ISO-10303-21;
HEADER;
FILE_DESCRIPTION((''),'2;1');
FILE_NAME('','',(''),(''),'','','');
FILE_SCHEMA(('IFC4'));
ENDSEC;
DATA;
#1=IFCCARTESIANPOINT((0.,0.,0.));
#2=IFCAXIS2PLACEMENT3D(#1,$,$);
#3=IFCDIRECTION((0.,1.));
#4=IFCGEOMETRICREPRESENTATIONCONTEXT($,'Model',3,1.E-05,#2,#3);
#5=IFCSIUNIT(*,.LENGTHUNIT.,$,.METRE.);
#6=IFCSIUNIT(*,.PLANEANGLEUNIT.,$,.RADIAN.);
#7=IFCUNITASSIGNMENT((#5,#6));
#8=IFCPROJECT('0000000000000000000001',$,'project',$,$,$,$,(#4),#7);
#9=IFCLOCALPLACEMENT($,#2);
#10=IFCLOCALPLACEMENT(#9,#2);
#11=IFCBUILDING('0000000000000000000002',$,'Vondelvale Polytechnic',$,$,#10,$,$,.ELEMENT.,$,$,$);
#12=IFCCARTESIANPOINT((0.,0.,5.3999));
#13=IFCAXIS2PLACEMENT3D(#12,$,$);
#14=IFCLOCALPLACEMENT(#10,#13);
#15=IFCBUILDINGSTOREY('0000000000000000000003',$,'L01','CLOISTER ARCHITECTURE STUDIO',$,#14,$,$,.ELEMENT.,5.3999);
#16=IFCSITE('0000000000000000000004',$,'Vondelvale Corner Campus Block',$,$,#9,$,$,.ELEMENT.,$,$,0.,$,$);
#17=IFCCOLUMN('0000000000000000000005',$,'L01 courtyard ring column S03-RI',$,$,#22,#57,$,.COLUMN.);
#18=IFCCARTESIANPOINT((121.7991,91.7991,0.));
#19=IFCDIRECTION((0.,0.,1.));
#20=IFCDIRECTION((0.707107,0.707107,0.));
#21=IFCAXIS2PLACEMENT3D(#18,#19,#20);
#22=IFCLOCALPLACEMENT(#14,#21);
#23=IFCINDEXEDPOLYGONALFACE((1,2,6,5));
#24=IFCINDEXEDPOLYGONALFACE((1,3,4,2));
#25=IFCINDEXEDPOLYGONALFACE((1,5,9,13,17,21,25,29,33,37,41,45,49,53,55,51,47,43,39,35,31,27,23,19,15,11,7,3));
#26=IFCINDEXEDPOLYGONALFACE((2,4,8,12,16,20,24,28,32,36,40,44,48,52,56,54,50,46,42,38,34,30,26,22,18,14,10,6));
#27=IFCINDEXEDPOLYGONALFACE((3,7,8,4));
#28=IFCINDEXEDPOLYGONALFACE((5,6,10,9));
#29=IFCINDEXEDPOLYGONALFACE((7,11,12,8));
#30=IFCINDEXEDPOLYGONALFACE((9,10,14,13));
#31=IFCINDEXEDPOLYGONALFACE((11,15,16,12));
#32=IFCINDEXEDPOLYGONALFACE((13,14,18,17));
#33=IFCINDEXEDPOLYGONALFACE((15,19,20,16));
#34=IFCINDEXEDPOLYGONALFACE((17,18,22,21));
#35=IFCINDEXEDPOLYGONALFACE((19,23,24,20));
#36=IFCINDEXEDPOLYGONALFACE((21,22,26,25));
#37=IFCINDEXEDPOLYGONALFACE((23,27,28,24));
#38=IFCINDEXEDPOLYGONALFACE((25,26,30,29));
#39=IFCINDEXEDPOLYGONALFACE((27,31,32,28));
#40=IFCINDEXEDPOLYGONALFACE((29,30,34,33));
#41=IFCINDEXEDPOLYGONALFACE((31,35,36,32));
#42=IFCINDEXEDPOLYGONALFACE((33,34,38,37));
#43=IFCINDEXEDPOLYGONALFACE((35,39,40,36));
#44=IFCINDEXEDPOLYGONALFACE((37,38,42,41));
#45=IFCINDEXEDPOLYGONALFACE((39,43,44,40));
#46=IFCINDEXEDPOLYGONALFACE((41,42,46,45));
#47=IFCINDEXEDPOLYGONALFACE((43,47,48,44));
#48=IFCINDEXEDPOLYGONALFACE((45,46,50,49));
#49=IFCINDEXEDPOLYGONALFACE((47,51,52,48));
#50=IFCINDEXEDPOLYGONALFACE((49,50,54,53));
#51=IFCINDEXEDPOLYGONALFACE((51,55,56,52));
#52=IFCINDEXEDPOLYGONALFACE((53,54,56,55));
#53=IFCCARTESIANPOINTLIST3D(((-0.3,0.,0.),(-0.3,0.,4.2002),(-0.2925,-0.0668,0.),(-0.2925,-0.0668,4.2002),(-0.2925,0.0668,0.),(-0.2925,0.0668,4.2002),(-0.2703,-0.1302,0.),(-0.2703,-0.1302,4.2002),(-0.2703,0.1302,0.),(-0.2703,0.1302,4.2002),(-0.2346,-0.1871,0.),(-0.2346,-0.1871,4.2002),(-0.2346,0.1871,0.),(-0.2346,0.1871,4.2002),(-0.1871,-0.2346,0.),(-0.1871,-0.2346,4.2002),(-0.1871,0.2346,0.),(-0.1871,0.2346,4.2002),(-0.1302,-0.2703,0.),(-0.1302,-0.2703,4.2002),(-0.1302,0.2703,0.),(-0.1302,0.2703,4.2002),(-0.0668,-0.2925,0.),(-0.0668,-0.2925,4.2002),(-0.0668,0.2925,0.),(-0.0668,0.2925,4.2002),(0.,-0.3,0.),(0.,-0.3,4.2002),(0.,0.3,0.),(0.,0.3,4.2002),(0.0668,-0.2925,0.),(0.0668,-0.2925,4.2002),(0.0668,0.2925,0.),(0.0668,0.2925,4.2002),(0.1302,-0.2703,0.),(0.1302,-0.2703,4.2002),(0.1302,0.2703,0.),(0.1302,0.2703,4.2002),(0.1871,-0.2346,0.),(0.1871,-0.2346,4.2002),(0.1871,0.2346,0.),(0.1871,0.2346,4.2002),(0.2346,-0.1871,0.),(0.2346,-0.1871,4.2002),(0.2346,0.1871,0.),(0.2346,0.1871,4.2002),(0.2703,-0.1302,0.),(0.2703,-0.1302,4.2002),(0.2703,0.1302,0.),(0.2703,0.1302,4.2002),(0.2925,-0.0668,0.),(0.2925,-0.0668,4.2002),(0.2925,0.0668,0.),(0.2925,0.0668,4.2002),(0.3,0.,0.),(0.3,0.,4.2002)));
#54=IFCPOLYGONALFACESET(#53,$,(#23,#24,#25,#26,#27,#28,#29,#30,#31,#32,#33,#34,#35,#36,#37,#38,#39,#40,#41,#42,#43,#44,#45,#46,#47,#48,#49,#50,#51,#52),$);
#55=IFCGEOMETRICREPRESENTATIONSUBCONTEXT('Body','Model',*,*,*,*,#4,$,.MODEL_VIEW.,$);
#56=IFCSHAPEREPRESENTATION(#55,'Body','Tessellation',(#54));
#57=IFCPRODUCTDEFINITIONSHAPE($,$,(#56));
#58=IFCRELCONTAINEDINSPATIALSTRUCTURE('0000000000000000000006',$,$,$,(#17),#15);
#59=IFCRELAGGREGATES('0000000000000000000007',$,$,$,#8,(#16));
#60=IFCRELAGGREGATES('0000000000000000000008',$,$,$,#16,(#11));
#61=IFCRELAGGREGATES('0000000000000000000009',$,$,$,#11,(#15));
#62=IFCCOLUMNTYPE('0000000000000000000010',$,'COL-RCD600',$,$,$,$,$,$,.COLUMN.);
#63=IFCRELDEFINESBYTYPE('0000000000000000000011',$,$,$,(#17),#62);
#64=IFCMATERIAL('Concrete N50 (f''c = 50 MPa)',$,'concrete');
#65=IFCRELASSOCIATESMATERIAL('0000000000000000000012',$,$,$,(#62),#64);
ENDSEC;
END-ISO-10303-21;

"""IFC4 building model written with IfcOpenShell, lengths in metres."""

from ifc_helpers import new_model, si_unit, direction, frame, origin, origin_2d, place, context, subcontext, project, spatial, circle, extrude, material, material_profile, profile_set, type_object, element, save


model = new_model("IFC4")

# Units and contexts
model_context = context("Model", 3, precision=1e-05, world=origin(), true_north=direction((0.0, 1.0)))
body_context = subcontext(model_context, "Body", "Model", "MODEL_VIEW")
ifc_project = project(units=[si_unit("LENGTHUNIT", "METRE"), si_unit("PLANEANGLEUNIT", "RADIAN")], contexts=[model_context])

# Site, building, storey
site_placement = place(None, origin())
site = spatial("IfcSite", under=ifc_project, at=site_placement, Name="Vondelvale Corner Campus Block", CompositionType="ELEMENT", RefElevation=0.0)
building_placement = place(site_placement, origin())
building = spatial("IfcBuilding", under=site, at=building_placement, Name="Vondelvale Polytechnic", CompositionType="ELEMENT")
storey_placement = place(building_placement, frame((0.0, 0.0, 5.3999)))
storey = spatial("IfcBuildingStorey", under=building, at=storey_placement, Name="L01", Description="CLOISTER ARCHITECTURE STUDIO", CompositionType="ELEMENT", Elevation=5.3999)

# Column
ifc_material_1 = material(Name="Concrete N50 (f'c = 50 MPa)", Category="concrete")
ifc_material_profile_1 = material_profile(ifc_material_1, circle(Radius=0.3, at=origin_2d()), Name="RC-COL-D600")
ifc_profile_set_1 = profile_set([ifc_material_profile_1], Name="Concrete N50 (f'c = 50 MPa)")
column_type_1 = type_object("IfcColumnType", Name="COL-RCD600", PredefinedType="COLUMN", material=ifc_profile_set_1)
column_1_placement = place(storey_placement, frame((121.7991, 91.7991, 0.0), z_axis=(0.0, 0.0, 1.0), x_axis=(0.707107, 0.707107, 0.0)))
element("IfcColumn", 1, at=column_1_placement, inside=storey, type_object=column_type_1, Name="L01 courtyard ring column S03-RI", PredefinedType="COLUMN", context=body_context, shape_type="SweptSolid", body=[
    extrude(circle(Radius=0.3, at=origin_2d()), origin(), (0.0, 0.0, 1.0), 4.2002),
])

save(model, "model.ifc")
